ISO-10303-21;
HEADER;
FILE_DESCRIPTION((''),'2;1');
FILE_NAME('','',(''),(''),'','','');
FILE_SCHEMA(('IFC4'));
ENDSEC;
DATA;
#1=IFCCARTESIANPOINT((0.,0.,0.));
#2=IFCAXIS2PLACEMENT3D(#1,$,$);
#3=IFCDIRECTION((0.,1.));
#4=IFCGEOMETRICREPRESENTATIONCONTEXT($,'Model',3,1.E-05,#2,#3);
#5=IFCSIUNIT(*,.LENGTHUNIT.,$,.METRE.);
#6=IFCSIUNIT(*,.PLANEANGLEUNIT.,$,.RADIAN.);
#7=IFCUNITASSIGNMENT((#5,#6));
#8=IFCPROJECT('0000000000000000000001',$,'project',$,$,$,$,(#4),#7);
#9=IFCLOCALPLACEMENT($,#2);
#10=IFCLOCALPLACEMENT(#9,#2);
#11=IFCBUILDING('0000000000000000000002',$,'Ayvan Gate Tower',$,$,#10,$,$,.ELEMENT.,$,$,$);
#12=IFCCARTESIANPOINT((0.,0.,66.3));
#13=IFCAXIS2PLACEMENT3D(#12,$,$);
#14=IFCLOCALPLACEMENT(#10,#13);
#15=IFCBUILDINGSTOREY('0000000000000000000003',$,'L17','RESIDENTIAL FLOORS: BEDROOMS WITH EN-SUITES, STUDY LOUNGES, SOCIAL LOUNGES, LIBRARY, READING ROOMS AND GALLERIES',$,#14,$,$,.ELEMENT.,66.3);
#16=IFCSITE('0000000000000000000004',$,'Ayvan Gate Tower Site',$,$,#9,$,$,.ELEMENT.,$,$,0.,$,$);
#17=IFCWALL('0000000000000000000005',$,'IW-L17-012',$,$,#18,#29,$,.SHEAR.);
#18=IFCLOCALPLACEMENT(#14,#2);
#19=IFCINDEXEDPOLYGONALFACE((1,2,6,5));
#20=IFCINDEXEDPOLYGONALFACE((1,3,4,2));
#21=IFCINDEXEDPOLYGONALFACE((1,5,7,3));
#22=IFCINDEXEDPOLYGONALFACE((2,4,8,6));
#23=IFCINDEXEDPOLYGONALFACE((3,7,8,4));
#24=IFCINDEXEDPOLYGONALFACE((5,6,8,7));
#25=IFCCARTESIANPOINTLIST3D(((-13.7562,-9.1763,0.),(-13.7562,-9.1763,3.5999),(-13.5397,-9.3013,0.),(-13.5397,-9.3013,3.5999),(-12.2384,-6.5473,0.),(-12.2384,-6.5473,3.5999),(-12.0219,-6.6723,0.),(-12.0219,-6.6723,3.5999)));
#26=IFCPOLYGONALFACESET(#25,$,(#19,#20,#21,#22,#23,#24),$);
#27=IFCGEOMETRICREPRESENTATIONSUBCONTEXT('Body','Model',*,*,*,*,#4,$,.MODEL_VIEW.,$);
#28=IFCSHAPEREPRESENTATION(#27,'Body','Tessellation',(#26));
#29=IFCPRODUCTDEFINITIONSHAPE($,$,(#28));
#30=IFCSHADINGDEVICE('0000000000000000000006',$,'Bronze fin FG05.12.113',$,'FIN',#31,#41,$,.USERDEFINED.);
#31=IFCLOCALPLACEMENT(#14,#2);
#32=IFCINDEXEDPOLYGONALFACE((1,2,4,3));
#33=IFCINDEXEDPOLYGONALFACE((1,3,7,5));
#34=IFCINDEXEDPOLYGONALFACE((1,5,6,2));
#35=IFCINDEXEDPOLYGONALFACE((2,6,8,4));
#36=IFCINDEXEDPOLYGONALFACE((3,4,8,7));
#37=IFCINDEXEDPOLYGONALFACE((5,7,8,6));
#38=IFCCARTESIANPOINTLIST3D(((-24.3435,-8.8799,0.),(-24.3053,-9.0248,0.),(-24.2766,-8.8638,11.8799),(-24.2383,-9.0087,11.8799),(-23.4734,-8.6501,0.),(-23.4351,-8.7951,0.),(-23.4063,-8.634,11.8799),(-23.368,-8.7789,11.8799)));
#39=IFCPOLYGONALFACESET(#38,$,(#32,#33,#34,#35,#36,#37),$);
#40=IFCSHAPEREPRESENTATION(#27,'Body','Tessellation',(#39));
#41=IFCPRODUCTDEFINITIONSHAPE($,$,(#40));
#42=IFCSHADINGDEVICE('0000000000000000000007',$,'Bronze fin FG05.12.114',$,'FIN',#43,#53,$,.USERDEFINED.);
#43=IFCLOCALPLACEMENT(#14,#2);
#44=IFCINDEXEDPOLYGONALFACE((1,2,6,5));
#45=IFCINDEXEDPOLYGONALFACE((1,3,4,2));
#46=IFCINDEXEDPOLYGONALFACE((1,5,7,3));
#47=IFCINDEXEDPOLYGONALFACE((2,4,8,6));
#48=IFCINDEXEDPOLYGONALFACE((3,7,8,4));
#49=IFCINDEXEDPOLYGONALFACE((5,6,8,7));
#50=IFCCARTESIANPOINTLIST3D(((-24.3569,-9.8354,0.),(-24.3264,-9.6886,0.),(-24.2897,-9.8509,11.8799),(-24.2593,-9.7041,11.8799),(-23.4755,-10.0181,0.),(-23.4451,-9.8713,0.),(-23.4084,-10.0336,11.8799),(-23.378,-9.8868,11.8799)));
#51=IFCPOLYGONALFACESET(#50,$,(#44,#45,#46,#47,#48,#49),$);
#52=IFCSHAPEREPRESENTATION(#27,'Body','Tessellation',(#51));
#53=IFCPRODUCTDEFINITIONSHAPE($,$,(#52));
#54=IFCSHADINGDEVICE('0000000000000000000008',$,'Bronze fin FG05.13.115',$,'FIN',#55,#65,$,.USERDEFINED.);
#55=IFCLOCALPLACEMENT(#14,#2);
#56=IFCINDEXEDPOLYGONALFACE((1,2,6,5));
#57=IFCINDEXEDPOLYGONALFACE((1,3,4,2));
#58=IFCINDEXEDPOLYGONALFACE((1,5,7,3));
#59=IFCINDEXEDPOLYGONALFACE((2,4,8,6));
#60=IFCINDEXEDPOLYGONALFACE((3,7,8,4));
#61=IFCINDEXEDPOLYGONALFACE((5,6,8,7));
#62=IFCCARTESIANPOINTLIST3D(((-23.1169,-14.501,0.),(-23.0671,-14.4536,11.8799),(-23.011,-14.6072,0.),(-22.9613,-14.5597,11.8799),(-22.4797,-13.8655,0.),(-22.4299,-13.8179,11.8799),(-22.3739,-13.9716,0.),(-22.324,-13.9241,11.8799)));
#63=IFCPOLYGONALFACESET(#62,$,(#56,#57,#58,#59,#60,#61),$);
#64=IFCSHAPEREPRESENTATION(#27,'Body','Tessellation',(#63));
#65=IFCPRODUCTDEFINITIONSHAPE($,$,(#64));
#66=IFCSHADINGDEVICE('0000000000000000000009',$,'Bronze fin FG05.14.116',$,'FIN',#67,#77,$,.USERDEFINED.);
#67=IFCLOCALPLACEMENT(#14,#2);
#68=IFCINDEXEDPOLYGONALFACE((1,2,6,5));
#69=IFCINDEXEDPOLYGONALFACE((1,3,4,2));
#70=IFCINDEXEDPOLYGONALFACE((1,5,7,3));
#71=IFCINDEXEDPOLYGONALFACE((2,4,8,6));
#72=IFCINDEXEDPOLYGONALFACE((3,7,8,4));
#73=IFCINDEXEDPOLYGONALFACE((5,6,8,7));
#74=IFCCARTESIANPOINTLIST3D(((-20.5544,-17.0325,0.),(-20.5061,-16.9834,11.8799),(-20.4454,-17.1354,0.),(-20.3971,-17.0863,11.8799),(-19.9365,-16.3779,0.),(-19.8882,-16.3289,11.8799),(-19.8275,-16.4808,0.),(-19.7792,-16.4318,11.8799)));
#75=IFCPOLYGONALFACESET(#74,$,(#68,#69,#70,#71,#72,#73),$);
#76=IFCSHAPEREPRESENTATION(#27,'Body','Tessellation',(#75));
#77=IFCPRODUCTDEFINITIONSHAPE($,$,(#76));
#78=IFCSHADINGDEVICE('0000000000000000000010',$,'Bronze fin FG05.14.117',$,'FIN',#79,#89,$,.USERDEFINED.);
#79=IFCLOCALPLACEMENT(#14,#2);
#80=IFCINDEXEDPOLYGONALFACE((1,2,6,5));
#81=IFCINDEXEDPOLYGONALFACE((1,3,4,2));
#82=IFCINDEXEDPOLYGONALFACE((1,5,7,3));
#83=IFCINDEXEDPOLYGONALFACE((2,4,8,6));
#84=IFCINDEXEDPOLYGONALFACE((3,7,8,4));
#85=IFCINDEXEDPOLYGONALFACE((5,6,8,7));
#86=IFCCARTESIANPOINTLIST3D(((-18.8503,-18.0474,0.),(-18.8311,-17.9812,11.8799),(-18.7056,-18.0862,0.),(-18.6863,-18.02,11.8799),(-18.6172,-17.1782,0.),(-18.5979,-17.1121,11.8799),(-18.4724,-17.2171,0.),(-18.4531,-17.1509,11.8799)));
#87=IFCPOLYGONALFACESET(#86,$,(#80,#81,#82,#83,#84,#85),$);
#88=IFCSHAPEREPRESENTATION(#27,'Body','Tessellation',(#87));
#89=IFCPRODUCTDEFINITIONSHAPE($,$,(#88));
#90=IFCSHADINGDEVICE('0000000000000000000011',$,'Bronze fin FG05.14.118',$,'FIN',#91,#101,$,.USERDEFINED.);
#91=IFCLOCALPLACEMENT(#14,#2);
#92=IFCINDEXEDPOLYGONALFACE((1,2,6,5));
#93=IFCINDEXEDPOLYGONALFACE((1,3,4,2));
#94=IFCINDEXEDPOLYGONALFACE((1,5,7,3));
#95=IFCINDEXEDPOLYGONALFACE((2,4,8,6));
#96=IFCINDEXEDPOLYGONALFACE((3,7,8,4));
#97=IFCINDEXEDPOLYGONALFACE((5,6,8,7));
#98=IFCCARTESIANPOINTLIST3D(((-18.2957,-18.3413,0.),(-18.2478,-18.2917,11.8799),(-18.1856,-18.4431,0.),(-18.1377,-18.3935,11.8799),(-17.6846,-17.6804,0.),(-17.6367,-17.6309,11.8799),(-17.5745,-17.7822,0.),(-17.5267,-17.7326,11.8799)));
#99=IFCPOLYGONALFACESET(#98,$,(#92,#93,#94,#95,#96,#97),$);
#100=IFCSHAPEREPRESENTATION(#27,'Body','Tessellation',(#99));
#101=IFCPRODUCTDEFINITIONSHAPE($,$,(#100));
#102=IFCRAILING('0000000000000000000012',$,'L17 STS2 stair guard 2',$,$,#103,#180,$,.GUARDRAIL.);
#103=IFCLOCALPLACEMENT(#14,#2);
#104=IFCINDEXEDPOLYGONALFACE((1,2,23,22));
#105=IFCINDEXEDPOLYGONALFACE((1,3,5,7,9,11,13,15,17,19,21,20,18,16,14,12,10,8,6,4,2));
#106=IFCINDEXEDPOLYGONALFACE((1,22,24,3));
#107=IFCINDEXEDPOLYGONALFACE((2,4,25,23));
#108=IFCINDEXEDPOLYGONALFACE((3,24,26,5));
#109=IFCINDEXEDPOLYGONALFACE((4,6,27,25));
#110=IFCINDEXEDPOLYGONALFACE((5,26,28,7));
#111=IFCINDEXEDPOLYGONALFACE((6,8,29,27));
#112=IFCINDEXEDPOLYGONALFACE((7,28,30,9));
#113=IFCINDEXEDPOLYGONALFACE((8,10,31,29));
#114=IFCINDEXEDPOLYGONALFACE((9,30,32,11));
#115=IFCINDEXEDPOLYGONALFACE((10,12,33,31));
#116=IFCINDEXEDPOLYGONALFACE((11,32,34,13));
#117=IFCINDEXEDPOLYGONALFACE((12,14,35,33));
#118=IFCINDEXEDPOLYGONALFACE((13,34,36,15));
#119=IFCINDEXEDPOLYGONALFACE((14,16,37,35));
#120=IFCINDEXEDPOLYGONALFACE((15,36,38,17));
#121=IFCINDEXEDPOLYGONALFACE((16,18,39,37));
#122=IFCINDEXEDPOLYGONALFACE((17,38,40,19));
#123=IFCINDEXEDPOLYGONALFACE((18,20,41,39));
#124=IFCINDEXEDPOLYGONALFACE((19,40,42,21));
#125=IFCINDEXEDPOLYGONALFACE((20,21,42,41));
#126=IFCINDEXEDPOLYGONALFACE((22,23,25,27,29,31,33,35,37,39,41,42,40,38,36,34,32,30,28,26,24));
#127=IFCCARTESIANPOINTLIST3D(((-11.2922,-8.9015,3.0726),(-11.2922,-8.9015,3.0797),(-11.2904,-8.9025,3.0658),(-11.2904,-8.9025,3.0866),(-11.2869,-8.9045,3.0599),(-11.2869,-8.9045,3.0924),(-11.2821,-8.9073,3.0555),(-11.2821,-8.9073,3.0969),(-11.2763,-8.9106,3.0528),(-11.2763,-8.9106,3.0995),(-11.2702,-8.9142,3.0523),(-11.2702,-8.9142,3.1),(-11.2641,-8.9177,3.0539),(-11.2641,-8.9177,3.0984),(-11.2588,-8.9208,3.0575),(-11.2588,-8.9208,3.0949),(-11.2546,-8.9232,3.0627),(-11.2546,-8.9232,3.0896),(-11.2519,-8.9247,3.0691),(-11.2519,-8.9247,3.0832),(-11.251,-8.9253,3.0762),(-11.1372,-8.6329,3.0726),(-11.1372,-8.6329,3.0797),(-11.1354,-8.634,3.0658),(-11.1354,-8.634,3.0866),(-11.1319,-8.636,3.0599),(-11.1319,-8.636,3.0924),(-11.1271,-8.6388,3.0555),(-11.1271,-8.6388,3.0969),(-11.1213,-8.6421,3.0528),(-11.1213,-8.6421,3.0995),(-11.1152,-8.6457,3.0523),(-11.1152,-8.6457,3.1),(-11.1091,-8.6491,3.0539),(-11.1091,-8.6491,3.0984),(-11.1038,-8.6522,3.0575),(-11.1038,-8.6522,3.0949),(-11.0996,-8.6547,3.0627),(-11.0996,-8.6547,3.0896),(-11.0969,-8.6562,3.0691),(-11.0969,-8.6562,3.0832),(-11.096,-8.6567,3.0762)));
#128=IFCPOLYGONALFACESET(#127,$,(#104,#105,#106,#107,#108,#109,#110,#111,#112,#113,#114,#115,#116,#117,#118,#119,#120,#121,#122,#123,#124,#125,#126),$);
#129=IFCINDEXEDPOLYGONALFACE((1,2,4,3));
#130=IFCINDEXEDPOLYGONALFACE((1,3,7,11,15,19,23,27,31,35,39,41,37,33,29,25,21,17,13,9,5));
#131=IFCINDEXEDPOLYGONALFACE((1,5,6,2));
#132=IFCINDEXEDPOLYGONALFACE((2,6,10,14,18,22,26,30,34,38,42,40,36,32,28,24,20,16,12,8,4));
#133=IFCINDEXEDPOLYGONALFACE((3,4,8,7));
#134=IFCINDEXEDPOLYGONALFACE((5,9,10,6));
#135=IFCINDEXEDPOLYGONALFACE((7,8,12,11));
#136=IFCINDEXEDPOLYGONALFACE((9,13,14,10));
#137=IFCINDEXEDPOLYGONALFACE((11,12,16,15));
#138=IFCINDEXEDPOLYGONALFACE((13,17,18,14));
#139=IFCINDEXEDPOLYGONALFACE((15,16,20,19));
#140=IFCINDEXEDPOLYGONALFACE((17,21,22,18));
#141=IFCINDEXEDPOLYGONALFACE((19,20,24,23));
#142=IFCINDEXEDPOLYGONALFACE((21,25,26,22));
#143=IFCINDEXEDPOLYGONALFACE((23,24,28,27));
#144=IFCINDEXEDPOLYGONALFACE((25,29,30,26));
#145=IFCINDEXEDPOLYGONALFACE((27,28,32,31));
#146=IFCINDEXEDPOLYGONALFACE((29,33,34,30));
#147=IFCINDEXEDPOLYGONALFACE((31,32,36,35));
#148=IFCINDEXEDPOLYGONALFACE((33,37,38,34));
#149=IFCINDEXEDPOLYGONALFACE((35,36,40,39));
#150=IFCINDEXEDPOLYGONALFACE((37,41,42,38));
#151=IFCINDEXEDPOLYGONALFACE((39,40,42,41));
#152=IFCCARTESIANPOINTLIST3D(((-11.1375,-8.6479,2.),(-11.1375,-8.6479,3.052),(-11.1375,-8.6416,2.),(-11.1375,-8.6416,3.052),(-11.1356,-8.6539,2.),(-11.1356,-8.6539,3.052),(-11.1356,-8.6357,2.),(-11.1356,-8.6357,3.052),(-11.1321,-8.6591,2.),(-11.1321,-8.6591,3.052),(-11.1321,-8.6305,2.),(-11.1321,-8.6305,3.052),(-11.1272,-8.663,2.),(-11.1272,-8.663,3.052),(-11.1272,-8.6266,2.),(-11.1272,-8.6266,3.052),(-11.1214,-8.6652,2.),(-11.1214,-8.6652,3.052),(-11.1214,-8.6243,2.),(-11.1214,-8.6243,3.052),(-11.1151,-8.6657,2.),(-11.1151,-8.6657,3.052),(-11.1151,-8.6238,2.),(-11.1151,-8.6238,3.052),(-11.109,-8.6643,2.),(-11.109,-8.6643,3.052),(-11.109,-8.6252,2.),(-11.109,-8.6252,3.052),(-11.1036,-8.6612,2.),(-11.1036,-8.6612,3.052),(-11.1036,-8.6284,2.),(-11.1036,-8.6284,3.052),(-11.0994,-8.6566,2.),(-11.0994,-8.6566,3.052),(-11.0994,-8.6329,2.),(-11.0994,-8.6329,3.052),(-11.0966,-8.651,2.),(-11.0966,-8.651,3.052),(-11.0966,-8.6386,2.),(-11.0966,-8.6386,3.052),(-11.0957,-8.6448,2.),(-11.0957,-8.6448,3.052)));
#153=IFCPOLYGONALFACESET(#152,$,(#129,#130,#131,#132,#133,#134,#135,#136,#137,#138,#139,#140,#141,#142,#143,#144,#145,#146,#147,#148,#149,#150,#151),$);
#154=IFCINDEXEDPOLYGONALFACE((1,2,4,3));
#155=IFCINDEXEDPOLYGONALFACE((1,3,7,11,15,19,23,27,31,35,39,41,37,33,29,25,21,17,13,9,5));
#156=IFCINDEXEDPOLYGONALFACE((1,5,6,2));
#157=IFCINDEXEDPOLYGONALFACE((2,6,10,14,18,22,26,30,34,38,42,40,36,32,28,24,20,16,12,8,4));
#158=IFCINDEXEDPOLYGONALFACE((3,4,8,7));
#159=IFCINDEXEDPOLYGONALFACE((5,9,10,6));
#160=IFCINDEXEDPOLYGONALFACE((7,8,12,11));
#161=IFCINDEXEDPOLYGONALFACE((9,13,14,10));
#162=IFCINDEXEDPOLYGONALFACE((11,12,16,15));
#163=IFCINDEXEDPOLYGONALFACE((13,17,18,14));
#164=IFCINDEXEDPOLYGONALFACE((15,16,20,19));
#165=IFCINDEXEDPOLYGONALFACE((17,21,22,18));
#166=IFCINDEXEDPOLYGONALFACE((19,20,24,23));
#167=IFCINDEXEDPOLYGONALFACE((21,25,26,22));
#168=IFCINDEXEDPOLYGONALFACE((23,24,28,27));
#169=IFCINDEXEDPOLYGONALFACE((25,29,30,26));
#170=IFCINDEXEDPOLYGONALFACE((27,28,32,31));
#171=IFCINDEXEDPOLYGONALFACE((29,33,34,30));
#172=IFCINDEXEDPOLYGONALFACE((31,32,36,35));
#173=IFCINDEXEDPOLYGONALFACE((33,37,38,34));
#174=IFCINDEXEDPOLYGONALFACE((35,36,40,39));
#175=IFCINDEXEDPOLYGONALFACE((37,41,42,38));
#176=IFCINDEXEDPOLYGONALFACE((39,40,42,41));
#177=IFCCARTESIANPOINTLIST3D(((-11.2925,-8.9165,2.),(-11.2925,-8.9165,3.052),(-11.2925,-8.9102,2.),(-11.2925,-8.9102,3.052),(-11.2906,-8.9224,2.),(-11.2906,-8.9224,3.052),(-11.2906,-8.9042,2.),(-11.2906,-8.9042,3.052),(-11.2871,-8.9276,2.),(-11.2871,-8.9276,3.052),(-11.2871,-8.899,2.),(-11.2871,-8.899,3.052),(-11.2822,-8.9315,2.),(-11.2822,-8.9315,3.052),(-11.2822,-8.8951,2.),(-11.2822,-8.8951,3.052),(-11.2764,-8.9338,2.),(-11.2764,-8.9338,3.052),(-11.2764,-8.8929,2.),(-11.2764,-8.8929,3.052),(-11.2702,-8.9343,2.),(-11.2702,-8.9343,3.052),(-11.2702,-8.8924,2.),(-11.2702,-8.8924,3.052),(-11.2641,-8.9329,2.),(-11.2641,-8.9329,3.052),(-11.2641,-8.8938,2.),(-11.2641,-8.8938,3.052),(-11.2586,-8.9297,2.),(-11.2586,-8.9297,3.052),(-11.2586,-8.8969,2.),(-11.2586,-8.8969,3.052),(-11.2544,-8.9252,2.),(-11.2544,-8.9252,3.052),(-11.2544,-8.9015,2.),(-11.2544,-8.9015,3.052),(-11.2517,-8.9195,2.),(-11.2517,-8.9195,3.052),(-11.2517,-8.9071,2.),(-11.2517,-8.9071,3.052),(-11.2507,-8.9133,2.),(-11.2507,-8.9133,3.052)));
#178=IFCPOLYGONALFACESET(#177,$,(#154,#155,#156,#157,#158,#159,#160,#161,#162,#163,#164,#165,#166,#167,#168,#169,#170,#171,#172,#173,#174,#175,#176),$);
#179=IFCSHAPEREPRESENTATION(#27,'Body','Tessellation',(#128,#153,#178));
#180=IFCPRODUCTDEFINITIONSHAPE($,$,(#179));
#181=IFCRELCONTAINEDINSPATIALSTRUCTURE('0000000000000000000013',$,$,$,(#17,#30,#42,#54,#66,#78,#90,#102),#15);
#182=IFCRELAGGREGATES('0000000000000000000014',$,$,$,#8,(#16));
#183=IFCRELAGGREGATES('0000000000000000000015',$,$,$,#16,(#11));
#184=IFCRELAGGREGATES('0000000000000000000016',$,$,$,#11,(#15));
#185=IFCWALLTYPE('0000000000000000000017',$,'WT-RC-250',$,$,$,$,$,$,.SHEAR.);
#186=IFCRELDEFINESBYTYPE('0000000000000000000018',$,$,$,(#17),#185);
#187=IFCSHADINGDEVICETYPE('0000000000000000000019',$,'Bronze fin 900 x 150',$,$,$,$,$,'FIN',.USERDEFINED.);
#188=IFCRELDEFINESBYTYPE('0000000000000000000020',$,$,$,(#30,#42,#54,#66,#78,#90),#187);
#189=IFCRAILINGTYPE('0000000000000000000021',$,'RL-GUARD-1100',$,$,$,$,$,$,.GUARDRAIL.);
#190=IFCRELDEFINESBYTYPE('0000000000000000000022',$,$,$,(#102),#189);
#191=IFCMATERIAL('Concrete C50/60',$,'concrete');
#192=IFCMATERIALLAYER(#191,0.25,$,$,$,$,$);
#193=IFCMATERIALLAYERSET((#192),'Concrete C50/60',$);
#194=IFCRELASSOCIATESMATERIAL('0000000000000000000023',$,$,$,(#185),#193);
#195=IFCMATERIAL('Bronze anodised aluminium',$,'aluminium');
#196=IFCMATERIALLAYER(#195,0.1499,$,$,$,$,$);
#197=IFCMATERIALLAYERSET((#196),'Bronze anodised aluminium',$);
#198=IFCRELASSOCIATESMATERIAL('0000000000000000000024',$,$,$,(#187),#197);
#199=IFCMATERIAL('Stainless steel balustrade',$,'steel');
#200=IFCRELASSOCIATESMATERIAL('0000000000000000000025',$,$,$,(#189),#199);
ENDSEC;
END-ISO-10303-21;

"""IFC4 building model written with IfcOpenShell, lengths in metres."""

from ifc_helpers import new_model, si_unit, direction, frame, frame_2d, origin, origin_2d, place, context, subcontext, project, spatial, polyline, rectangle, circle, outline, extrude, material, layer, layer_set, type_object, element, save


model = new_model("IFC4")

# Units and contexts
model_context = context("Model", 3, precision=1e-05, world=origin(), true_north=direction((0.0, 1.0)))
body_context = subcontext(model_context, "Body", "Model", "MODEL_VIEW")
ifc_project = project(units=[si_unit("LENGTHUNIT", "METRE"), si_unit("PLANEANGLEUNIT", "RADIAN")], contexts=[model_context])

# Site, building, storey
site_placement = place(None, origin())
site = spatial("IfcSite", under=ifc_project, at=site_placement, Name="Ayvan Gate Tower Site", CompositionType="ELEMENT", RefElevation=0.0)
building_placement = place(site_placement, origin())
building = spatial("IfcBuilding", under=site, at=building_placement, Name="Ayvan Gate Tower", CompositionType="ELEMENT")
storey_placement = place(building_placement, frame((0.0, 0.0, 66.3)))
storey = spatial("IfcBuildingStorey", under=building, at=storey_placement, Name="L17", Description="RESIDENTIAL FLOORS: BEDROOMS WITH EN-SUITES, STUDY LOUNGES, SOCIAL LOUNGES, LIBRARY, READING ROOMS AND GALLERIES", CompositionType="ELEMENT", Elevation=66.3)

# Shared definitions
ifc_material_1 = material(Name="Bronze anodised aluminium", Category="aluminium")

# Wall
ifc_material_2 = material(Name="Concrete C50/60", Category="concrete")
ifc_layer_1 = layer(ifc_material_2, 0.25)
ifc_layer_set_1 = layer_set([ifc_layer_1], Name="Concrete C50/60")
wall_type_1 = type_object("IfcWallType", Name="WT-RC-250", PredefinedType="SHEAR", material=ifc_layer_set_1)
wall_1_placement = place(storey_placement, frame((-13.6479, -9.2388, 0.0), z_axis=(0.0, 0.0, 1.0), x_axis=(0.500006, 0.866022, 0.0)))
element("IfcWall", 1, at=wall_1_placement, inside=storey, type_object=wall_type_1, Name="IW-L17-012", PredefinedType="SHEAR", context=body_context, shape_type="SweptSolid", body=[
    extrude(rectangle(XDim=3.0356, YDim=0.25, at=frame_2d((1.5178, 0.0))), origin(), (0.0, 0.0, 1.0), 3.5999),
])

# Shading devices
ifc_layer_2 = layer(ifc_material_1, 0.1499)
ifc_layer_set_2 = layer_set([ifc_layer_2], Name="Bronze anodised aluminium")
shading_device_type = type_object("IfcShadingDeviceType", Name="Bronze fin 900 x 150", ElementType="FIN", PredefinedType="USERDEFINED", material=ifc_layer_set_2)
shading_device_1_placement = place(storey_placement, frame((-23.4734, -8.6501, 0.0), z_axis=(-0.255248, 0.966876, 0.000128), x_axis=(-0.966876, -0.255248, 0.0)))
element("IfcShadingDevice", 2, at=shading_device_1_placement, inside=storey, type_object=shading_device_type, Name="Bronze fin FG05.12.113", ObjectType="FIN", PredefinedType="USERDEFINED", context=body_context, shape_type="SweptSolid", body=[
    extrude(outline(polyline([(0.0, 0.0), (0.8999, 0.0), (0.8311, 11.8799), (-0.069, 11.8799), (0.0, 0.0)])), origin(), (0.0, 0.0, -1.0), 0.1499),
])
shading_device_2_placement = place(storey_placement, frame((-23.4451, -9.8713, 0.0), z_axis=(0.203023, 0.979174, 0.00013), x_axis=(-0.979174, 0.203023, 0.0)))
element("IfcShadingDevice", 3, at=shading_device_2_placement, inside=storey, type_object=shading_device_type, Name="Bronze fin FG05.12.114", ObjectType="FIN", PredefinedType="USERDEFINED", context=body_context, shape_type="SweptSolid", body=[
    extrude(outline(polyline([(0.0, 0.0), (0.9001, 0.0), (0.8312, 11.8799), (-0.0689, 11.8799), (0.0, 0.0)])), origin(), (0.0, 0.0, -1.0), 0.1499),
])
shading_device_3_placement = place(storey_placement, frame((-22.4797, -13.8655, 0.0), z_axis=(-0.706225, 0.707988, 0.000131), x_axis=(-0.707988, -0.706225, 0.0)))
element("IfcShadingDevice", 4, at=shading_device_3_placement, inside=storey, type_object=shading_device_type, Name="Bronze fin FG05.13.115", ObjectType="FIN", PredefinedType="USERDEFINED", context=body_context, shape_type="SweptSolid", body=[
    extrude(outline(polyline([(0.0, 0.0), (0.8999, 0.0), (0.8312, 11.8799), (-0.0689, 11.8799), (0.0, 0.0)])), origin(), (0.0, 0.0, -1.0), 0.1499),
])
shading_device_4_placement = place(storey_placement, frame((-19.9365, -16.3779, 0.0), z_axis=(-0.727156, 0.686472, 0.000123), x_axis=(-0.686472, -0.727156, 0.0)))
element("IfcShadingDevice", 5, at=shading_device_4_placement, inside=storey, type_object=shading_device_type, Name="Bronze fin FG05.14.116", ObjectType="FIN", PredefinedType="USERDEFINED", context=body_context, shape_type="SweptSolid", body=[
    extrude(outline(polyline([(0.0, 0.0), (0.9001, 0.0), (0.8313, 11.8799), (-0.0689, 11.8799), (0.0, 0.0)])), origin(), (0.0, 0.0, -1.0), 0.1499),
])
shading_device_5_placement = place(storey_placement, frame((-18.6172, -17.1782, 0.0), z_axis=(-0.965851, 0.259098, 0.000125), x_axis=(-0.259098, -0.965851, 0.0)))
element("IfcShadingDevice", 6, at=shading_device_5_placement, inside=storey, type_object=shading_device_type, Name="Bronze fin FG05.14.117", ObjectType="FIN", PredefinedType="USERDEFINED", context=body_context, shape_type="SweptSolid", body=[
    extrude(outline(polyline([(0.0, 0.0), (0.8999, 0.0), (0.831, 11.8799), (-0.0689, 11.8799), (0.0, 0.0)])), origin(), (0.0, 0.0, -1.0), 0.1499),
])
shading_device_6_placement = place(storey_placement, frame((-17.6846, -17.6804, 0.0), z_axis=(-0.734231, 0.678899, 0.000125), x_axis=(-0.678899, -0.734231, 0.0)))
element("IfcShadingDevice", 7, at=shading_device_6_placement, inside=storey, type_object=shading_device_type, Name="Bronze fin FG05.14.118", ObjectType="FIN", PredefinedType="USERDEFINED", context=body_context, shape_type="SweptSolid", body=[
    extrude(outline(polyline([(0.0, 0.0), (0.9001, 0.0), (0.8312, 11.8799), (-0.0689, 11.8799), (0.0, 0.0)])), origin(), (0.0, 0.0, -1.0), 0.1499),
])

# Railing
ifc_material_3 = material(Name="Stainless steel balustrade", Category="steel")
railing_type_1 = type_object("IfcRailingType", Name="RL-GUARD-1100", PredefinedType="GUARDRAIL", material=ifc_material_3)
railing_1_placement = place(storey_placement, frame((-11.1167, -8.6448, 2.0)))
element("IfcRailing", 8, at=railing_1_placement, inside=storey, type_object=railing_type_1, Name="L17 STS2 stair guard 2", PredefinedType="GUARDRAIL", context=body_context, shape_type="SweptSolid", body=[
    extrude(circle(Radius=0.0239, at=origin_2d()), frame((0.0, 0.0, 1.0762), z_axis=(-0.49995, -0.866054, 0.0), x_axis=(0.866054, -0.49995, 0.0)), (0.0, 0.0, 1.0), 0.3101),
    extrude(circle(Radius=0.021, at=origin_2d()), origin(), (0.0, 0.0, 1.0), 1.052),
    extrude(circle(Radius=0.021, at=origin_2d()), frame((-0.155, -0.2686, 0.0)), (0.0, 0.0, 1.0), 1.052),
])

save(model, "model.ifc")
